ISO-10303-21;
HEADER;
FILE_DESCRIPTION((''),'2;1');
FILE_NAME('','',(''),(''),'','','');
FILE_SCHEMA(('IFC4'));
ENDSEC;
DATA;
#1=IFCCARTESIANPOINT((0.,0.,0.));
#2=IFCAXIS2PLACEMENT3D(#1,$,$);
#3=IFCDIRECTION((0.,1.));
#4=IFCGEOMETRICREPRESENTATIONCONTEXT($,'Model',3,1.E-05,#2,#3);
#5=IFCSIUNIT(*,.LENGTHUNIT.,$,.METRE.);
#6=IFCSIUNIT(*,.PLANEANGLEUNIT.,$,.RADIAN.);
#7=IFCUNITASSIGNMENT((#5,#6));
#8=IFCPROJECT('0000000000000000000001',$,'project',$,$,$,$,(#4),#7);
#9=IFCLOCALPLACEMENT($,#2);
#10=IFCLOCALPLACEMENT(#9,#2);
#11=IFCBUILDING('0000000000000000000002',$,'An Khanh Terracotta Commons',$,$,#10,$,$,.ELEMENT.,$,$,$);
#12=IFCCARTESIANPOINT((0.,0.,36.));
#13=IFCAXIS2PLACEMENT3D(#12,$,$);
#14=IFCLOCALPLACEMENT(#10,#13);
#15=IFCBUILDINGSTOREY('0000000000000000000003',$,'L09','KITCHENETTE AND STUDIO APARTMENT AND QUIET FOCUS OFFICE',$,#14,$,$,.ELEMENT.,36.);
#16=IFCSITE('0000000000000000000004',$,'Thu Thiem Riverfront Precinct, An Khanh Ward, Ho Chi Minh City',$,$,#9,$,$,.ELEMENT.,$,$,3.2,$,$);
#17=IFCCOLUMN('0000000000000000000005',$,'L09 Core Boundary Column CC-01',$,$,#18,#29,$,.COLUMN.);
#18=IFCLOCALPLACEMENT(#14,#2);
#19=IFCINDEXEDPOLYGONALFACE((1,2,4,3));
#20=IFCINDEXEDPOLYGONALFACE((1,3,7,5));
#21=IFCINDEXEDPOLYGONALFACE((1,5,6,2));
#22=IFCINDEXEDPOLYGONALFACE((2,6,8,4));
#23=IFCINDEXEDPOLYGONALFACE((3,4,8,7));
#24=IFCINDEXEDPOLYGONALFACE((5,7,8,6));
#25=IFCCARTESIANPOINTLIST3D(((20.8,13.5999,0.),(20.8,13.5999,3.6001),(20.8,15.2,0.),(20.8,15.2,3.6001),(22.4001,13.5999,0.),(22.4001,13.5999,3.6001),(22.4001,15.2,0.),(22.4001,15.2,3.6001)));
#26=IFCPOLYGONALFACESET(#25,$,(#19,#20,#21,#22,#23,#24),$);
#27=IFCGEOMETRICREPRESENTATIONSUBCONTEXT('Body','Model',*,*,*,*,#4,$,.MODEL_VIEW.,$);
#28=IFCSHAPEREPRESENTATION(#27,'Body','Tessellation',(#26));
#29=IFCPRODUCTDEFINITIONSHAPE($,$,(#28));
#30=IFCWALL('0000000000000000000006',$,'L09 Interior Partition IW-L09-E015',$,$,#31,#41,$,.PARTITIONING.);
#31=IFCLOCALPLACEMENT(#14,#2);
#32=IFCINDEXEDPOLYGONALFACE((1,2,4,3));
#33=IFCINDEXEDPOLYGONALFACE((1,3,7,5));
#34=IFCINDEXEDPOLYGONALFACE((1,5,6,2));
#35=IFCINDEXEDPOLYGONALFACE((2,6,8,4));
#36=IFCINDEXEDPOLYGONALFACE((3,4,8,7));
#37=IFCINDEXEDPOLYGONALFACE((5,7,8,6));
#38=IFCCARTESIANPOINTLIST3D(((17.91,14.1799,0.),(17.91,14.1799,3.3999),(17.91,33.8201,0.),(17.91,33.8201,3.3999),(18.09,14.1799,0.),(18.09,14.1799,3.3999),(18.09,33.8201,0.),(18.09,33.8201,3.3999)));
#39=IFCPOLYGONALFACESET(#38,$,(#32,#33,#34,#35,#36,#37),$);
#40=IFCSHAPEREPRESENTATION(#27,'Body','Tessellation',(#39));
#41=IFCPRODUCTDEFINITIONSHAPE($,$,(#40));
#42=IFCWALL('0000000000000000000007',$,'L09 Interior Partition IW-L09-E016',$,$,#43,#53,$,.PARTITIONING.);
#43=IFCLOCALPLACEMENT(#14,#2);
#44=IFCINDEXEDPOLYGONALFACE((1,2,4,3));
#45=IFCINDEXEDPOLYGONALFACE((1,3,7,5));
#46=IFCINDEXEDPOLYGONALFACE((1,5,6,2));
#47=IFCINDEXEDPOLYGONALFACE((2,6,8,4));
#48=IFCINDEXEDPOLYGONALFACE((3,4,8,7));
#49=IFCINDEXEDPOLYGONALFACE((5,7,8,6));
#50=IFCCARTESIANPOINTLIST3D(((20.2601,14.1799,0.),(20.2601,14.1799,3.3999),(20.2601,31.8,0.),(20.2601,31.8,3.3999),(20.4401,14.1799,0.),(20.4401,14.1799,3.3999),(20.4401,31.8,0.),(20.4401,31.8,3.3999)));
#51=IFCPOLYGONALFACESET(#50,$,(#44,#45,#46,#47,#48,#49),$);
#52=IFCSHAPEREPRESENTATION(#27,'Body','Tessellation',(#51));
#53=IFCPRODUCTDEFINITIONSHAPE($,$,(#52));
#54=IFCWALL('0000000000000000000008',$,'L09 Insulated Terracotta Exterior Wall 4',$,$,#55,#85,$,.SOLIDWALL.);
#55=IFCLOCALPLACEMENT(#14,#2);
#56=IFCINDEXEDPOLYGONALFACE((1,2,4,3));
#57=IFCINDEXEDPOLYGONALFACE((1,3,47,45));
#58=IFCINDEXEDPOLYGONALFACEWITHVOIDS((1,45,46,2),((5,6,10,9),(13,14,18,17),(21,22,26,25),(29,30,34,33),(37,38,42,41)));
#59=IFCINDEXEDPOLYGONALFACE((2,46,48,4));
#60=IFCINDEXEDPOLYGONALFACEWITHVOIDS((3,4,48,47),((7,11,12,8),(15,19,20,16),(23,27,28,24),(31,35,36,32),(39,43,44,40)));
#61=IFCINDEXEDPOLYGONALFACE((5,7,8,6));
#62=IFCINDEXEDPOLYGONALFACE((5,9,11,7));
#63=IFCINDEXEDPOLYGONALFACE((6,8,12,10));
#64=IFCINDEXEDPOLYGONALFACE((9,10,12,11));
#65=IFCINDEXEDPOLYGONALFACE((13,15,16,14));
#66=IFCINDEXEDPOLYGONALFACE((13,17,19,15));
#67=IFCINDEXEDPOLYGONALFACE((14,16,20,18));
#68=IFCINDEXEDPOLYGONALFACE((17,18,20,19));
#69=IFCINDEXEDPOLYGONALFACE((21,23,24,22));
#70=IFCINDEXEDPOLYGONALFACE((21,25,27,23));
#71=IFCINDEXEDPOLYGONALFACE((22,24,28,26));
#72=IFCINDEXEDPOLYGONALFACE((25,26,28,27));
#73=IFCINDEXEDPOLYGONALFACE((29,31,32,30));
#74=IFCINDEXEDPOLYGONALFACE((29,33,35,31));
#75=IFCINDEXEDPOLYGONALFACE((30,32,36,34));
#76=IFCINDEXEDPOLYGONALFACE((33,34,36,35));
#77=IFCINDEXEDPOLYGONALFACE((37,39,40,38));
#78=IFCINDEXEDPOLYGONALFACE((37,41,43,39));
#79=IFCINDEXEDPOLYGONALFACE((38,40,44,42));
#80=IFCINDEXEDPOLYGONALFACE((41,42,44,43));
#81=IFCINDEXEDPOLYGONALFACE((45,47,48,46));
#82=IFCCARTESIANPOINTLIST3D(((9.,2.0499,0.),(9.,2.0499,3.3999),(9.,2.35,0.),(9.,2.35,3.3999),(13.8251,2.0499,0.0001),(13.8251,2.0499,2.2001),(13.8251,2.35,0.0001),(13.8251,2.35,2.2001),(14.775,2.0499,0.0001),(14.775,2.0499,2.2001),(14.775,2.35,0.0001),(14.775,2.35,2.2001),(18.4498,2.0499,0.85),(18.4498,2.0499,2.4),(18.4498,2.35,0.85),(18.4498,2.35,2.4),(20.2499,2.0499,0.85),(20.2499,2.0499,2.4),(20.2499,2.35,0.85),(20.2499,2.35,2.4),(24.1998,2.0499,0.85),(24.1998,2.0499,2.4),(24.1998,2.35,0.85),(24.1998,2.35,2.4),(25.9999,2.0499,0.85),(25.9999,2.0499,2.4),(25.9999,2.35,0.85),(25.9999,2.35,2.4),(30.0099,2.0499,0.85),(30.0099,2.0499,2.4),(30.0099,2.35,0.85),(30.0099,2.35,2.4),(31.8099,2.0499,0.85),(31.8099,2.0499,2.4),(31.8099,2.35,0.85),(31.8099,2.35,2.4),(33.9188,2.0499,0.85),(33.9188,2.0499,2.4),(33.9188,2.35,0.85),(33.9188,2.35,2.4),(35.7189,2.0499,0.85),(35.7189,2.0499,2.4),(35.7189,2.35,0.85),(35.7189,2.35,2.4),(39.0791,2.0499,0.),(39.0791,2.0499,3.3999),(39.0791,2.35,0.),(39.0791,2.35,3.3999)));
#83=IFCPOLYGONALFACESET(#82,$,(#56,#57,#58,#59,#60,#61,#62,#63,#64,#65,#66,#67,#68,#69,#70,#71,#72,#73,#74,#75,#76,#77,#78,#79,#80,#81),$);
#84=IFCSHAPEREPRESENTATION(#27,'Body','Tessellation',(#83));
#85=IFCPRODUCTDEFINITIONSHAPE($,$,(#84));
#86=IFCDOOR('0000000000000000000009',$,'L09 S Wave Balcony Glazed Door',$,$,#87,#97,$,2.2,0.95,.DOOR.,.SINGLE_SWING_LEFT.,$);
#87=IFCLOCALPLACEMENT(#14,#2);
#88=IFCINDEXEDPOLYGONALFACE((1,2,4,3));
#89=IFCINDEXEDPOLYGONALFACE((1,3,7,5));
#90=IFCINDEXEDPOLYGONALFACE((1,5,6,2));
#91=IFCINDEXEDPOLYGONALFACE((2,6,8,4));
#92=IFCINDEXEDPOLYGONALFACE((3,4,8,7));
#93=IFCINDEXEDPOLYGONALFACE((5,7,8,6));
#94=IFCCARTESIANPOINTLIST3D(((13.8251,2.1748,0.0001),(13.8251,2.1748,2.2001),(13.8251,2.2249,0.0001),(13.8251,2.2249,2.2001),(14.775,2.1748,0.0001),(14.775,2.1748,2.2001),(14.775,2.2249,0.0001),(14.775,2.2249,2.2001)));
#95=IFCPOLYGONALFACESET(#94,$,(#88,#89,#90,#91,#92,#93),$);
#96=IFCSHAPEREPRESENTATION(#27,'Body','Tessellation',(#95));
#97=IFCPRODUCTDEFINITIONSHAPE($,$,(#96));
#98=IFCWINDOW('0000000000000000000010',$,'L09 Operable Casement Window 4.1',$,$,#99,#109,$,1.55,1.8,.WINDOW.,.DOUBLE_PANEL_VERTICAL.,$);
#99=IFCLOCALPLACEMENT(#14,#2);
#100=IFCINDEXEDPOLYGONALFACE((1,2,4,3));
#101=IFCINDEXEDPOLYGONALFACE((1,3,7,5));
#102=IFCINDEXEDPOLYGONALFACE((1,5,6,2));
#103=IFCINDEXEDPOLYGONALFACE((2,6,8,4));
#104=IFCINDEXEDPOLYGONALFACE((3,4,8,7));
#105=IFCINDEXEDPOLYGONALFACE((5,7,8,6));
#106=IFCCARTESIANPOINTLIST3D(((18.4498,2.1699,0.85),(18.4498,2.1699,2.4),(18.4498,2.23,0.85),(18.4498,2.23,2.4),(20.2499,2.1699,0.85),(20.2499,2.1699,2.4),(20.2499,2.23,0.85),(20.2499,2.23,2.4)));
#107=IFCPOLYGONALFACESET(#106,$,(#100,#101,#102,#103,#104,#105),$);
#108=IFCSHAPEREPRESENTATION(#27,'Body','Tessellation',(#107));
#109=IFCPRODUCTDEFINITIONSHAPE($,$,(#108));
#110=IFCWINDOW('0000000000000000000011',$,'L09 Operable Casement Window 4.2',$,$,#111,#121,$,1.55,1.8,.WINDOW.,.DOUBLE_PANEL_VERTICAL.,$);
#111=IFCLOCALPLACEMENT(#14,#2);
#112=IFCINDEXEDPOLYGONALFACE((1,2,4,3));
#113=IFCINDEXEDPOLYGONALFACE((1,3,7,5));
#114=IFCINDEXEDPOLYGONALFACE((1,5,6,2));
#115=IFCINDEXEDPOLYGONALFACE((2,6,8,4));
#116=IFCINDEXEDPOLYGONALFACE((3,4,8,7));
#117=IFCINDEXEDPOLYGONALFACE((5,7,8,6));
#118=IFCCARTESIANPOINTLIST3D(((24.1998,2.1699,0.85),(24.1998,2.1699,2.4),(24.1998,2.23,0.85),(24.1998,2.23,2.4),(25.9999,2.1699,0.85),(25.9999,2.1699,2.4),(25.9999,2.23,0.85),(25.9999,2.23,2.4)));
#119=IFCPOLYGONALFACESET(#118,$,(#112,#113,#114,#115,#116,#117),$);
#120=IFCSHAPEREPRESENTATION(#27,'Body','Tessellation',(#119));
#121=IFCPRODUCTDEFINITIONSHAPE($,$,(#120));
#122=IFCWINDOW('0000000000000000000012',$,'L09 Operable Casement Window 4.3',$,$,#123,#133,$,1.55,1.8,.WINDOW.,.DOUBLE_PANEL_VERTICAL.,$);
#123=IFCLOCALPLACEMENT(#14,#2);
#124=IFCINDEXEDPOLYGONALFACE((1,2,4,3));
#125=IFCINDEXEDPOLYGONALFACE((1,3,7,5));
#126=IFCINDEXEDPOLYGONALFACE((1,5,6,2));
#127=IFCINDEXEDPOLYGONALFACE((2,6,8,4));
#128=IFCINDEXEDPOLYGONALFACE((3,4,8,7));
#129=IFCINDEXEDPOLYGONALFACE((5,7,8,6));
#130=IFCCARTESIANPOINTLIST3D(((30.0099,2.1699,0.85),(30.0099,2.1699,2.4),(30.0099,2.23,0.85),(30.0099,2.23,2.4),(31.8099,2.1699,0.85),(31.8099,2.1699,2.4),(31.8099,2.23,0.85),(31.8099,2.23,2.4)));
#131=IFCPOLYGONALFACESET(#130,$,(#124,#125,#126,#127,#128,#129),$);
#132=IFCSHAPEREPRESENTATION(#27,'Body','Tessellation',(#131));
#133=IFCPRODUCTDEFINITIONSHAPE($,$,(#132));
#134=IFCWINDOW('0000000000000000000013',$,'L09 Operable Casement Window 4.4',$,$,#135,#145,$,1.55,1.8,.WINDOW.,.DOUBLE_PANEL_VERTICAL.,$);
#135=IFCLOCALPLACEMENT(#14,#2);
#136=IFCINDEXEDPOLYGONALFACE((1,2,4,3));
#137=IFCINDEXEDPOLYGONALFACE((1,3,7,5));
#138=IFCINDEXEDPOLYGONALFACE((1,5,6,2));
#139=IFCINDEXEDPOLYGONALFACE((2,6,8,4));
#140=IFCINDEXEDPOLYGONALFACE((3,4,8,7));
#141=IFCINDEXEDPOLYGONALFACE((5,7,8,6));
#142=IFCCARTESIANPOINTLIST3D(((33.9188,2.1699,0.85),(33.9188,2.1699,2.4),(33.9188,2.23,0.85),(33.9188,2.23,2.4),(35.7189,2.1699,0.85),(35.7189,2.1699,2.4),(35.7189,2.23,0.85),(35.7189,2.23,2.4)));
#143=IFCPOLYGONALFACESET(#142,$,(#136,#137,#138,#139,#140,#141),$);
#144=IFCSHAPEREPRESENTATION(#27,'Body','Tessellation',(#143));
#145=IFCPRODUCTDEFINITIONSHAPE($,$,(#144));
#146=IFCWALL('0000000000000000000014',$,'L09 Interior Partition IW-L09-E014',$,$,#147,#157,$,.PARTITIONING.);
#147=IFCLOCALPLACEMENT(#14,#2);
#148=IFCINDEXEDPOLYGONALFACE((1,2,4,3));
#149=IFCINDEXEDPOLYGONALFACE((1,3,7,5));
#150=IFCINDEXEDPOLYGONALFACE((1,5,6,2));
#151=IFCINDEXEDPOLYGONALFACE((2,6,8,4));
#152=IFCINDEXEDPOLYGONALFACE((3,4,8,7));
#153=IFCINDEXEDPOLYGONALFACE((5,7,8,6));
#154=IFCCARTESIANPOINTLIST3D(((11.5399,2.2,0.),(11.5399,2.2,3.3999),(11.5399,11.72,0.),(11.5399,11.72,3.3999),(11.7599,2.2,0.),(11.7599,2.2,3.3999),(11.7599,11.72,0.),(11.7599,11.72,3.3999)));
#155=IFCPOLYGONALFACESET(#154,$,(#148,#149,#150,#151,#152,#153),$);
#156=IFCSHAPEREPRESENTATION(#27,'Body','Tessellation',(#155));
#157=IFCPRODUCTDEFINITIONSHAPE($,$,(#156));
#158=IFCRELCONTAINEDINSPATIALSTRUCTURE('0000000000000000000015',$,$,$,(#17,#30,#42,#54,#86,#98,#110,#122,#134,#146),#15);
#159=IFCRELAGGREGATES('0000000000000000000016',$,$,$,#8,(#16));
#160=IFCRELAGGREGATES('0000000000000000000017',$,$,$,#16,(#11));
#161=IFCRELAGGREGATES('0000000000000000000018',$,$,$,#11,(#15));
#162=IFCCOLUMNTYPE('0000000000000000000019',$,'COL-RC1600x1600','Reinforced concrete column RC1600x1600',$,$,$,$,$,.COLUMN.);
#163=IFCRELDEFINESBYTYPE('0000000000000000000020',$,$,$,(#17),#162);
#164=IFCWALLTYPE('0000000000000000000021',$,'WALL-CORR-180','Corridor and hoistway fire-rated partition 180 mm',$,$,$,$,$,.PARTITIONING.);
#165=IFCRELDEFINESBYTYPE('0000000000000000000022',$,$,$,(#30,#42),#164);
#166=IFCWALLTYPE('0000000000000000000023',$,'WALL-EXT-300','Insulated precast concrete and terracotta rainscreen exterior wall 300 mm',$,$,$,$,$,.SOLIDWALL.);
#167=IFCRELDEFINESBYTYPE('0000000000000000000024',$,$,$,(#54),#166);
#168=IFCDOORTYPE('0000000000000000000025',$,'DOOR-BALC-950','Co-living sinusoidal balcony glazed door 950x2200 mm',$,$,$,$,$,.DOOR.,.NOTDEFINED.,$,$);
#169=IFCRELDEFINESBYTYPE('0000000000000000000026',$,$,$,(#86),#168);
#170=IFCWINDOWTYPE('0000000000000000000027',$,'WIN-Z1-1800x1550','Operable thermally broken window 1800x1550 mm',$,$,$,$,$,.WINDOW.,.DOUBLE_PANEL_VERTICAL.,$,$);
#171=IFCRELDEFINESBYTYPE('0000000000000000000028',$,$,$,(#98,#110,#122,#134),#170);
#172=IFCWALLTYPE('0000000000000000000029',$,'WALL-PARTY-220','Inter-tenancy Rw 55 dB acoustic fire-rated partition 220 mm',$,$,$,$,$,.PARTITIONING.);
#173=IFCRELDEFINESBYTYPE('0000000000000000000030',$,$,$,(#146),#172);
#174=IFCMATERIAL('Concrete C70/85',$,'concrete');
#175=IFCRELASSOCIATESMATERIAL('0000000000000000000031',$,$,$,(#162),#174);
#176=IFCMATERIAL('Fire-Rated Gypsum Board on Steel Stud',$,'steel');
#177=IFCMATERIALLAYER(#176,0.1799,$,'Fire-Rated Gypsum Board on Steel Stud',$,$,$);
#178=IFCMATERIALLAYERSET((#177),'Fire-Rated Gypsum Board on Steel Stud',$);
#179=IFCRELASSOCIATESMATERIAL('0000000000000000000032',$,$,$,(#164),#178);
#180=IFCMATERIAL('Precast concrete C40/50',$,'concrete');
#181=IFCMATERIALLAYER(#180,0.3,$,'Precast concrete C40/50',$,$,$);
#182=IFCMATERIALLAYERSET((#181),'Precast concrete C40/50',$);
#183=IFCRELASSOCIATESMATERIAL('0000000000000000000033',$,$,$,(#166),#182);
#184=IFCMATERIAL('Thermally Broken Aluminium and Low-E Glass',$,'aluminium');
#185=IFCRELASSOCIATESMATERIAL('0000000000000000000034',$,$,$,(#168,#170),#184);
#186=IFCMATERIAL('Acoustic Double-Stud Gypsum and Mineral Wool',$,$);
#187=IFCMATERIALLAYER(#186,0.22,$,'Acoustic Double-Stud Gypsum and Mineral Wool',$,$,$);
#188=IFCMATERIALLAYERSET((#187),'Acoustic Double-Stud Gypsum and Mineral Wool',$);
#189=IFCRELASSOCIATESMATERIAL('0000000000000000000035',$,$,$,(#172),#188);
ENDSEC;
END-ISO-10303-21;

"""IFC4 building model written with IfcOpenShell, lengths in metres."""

from ifc_helpers import new_model, si_unit, direction, frame, frame_2d, origin, origin_2d, place, context, subcontext, project, spatial, rectangle, extrude, material, layer, layer_set, material_profile, profile_set, type_object, element, fill, save


model = new_model("IFC4")

# Units and contexts
model_context = context("Model", 3, precision=1e-05, world=origin(), true_north=direction((0.0, 1.0)))
body_context = subcontext(model_context, "Body", "Model", "MODEL_VIEW")
ifc_project = project(units=[si_unit("LENGTHUNIT", "METRE"), si_unit("PLANEANGLEUNIT", "RADIAN")], contexts=[model_context])

# Site, building, storey
site_placement = place(None, origin())
site = spatial("IfcSite", under=ifc_project, at=site_placement, Name="Thu Thiem Riverfront Precinct, An Khanh Ward, Ho Chi Minh City", CompositionType="ELEMENT", RefElevation=3.2)
building_placement = place(site_placement, origin())
building = spatial("IfcBuilding", under=site, at=building_placement, Name="An Khanh Terracotta Commons", CompositionType="ELEMENT")
storey_placement = place(building_placement, frame((0.0, 0.0, 36.0)))
storey = spatial("IfcBuildingStorey", under=building, at=storey_placement, Name="L09", Description="KITCHENETTE AND STUDIO APARTMENT AND QUIET FOCUS OFFICE", CompositionType="ELEMENT", Elevation=36.0)

# Column
ifc_material_1 = material(Name="Concrete C70/85", Category="concrete")
ifc_material_profile = material_profile(ifc_material_1, rectangle(XDim=1.6001, YDim=1.6001, at=origin_2d()), Name="RC1600x1600")
ifc_profile_set = profile_set([ifc_material_profile], Name="Concrete C70/85")
column_type = type_object("IfcColumnType", Name="COL-RC1600x1600", Description="Reinforced concrete column RC1600x1600", PredefinedType="COLUMN", material=ifc_profile_set)
column_placement = place(storey_placement, frame((21.6001, 14.3999, 0.0), z_axis=(0.0, 0.0, 1.0), x_axis=(1.0, 0.0, 0.0)))
element("IfcColumn", 1, at=column_placement, inside=storey, type_object=column_type, Name="L09 Core Boundary Column CC-01", PredefinedType="COLUMN", context=body_context, shape_type="SweptSolid", body=[
    extrude(rectangle(XDim=1.6001, YDim=1.6001, at=origin_2d()), origin(), (0.0, 0.0, 1.0), 3.6001),
])

# Walls
ifc_material_2 = material(Name="Fire-Rated Gypsum Board on Steel Stud", Category="steel")
ifc_layer_1 = layer(ifc_material_2, 0.1799, Name="Fire-Rated Gypsum Board on Steel Stud")
ifc_layer_set_1 = layer_set([ifc_layer_1], Name="Fire-Rated Gypsum Board on Steel Stud")
wall_type_1 = type_object("IfcWallType", Name="WALL-CORR-180", Description="Corridor and hoistway fire-rated partition 180 mm", PredefinedType="PARTITIONING", material=ifc_layer_set_1)
wall_1_placement = place(storey_placement, frame((18.0, 14.1799, 0.0), z_axis=(0.0, 0.0, 1.0), x_axis=(0.0, 1.0, 0.0)))
element("IfcWall", 2, at=wall_1_placement, inside=storey, type_object=wall_type_1, Name="L09 Interior Partition IW-L09-E015", PredefinedType="PARTITIONING", context=body_context, shape_type="SweptSolid", body=[
    extrude(rectangle(XDim=19.6401, YDim=0.1799, at=frame_2d((9.8201, 0.0))), origin(), (0.0, 0.0, 1.0), 3.3999),
])
wall_2_placement = place(storey_placement, frame((20.3501, 14.1799, 0.0), z_axis=(0.0, 0.0, 1.0), x_axis=(0.0, 1.0, 0.0)))
element("IfcWall", 3, at=wall_2_placement, inside=storey, type_object=wall_type_1, Name="L09 Interior Partition IW-L09-E016", PredefinedType="PARTITIONING", context=body_context, shape_type="SweptSolid", body=[
    extrude(rectangle(XDim=17.6201, YDim=0.1799, at=frame_2d((8.8101, 0.0))), origin(), (0.0, 0.0, 1.0), 3.3999),
])

# Wall, openings, door, windows
ifc_material_3 = material(Name="Precast concrete C40/50", Category="concrete")
ifc_layer_2 = layer(ifc_material_3, 0.3, Name="Precast concrete C40/50")
ifc_layer_set_2 = layer_set([ifc_layer_2], Name="Precast concrete C40/50")
wall_type_2 = type_object("IfcWallType", Name="WALL-EXT-300", Description="Insulated precast concrete and terracotta rainscreen exterior wall 300 mm", PredefinedType="SOLIDWALL", material=ifc_layer_set_2)
wall_3_placement = place(storey_placement, frame((9.0, 2.2, 0.0), z_axis=(0.0, 0.0, 1.0), x_axis=(1.0, 0.0, 0.0)))
wall_3 = element("IfcWall", 4, at=wall_3_placement, inside=storey, type_object=wall_type_2, Name="L09 Insulated Terracotta Exterior Wall 4", PredefinedType="SOLIDWALL", context=body_context, shape_type="SweptSolid", body=[
    extrude(rectangle(XDim=30.0791, YDim=0.3, at=frame_2d((15.0396, 0.0))), origin(), (0.0, 0.0, 1.0), 3.3999),
])
opening_1_placement = place(wall_3_placement, frame((4.825, 0.0, 0.0)))
opening_1 = element("IfcOpeningElement", 5, at=opening_1_placement, cuts=wall_3, PredefinedType="OPENING", context=body_context, shape_type="SweptSolid", body=[
    extrude(rectangle(XDim=0.95, YDim=2.2, at=frame_2d((0.4751, 1.1001))), frame((0.0, 0.1599, 0.0), z_axis=(0.0, -1.0, 0.0), x_axis=(1.0, 0.0, 0.0)), (0.0, 0.0, 1.0), 0.3201),
])
opening_2_placement = place(wall_3_placement, frame((9.45, 0.0, 0.8501)))
opening_2 = element("IfcOpeningElement", 6, at=opening_2_placement, cuts=wall_3, PredefinedType="OPENING", context=body_context, shape_type="SweptSolid", body=[
    extrude(rectangle(XDim=1.8, YDim=1.55, at=frame_2d((0.8999, 0.7749))), frame((0.0, 0.1599, 0.0), z_axis=(0.0, -1.0, 0.0), x_axis=(1.0, 0.0, 0.0)), (0.0, 0.0, 1.0), 0.3201),
])
opening_3_placement = place(wall_3_placement, frame((15.2, 0.0, 0.8501)))
opening_3 = element("IfcOpeningElement", 7, at=opening_3_placement, cuts=wall_3, PredefinedType="OPENING", context=body_context, shape_type="SweptSolid", body=[
    extrude(rectangle(XDim=1.8, YDim=1.55, at=frame_2d((0.8999, 0.7749))), frame((0.0, 0.1599, 0.0), z_axis=(0.0, -1.0, 0.0), x_axis=(1.0, 0.0, 0.0)), (0.0, 0.0, 1.0), 0.3201),
])
opening_4_placement = place(wall_3_placement, frame((21.01, 0.0, 0.8501)))
opening_4 = element("IfcOpeningElement", 8, at=opening_4_placement, cuts=wall_3, PredefinedType="OPENING", context=body_context, shape_type="SweptSolid", body=[
    extrude(rectangle(XDim=1.8, YDim=1.55, at=frame_2d((0.8999, 0.7749))), frame((0.0, 0.1599, 0.0), z_axis=(0.0, -1.0, 0.0), x_axis=(1.0, 0.0, 0.0)), (0.0, 0.0, 1.0), 0.3201),
])
opening_5_placement = place(wall_3_placement, frame((24.9189, 0.0, 0.8501)))
opening_5 = element("IfcOpeningElement", 9, at=opening_5_placement, cuts=wall_3, PredefinedType="OPENING", context=body_context, shape_type="SweptSolid", body=[
    extrude(rectangle(XDim=1.8, YDim=1.55, at=frame_2d((0.8999, 0.7749))), frame((0.0, 0.1599, 0.0), z_axis=(0.0, -1.0, 0.0), x_axis=(1.0, 0.0, 0.0)), (0.0, 0.0, 1.0), 0.3201),
])
ifc_material_4 = material(Name="Thermally Broken Aluminium and Low-E Glass", Category="aluminium")
door_type_1 = type_object("IfcDoorType", Name="DOOR-BALC-950", Description="Co-living sinusoidal balcony glazed door 950x2200 mm", OperationType="NOTDEFINED", PredefinedType="DOOR", material=ifc_material_4)
door_1_placement = place(opening_1_placement, origin())
door_1 = element("IfcDoor", 10, at=door_1_placement, inside=storey, type_object=door_type_1, Name="L09 S Wave Balcony Glazed Door", OperationType="SINGLE_SWING_LEFT", OverallHeight=2.2, OverallWidth=0.95, PredefinedType="DOOR", context=body_context, shape_type="SweptSolid", body=[
    extrude(rectangle(XDim=0.95, YDim=2.2, at=frame_2d((0.4751, 1.1001))), frame((0.0, 0.0249, 0.0), z_axis=(0.0, -1.0, 0.0), x_axis=(1.0, 0.0, 0.0)), (0.0, 0.0, 1.0), 0.05),
])
fill(opening_1, door_1)
window_type = type_object("IfcWindowType", Name="WIN-Z1-1800x1550", Description="Operable thermally broken window 1800x1550 mm", PartitioningType="DOUBLE_PANEL_VERTICAL", PredefinedType="WINDOW", material=ifc_material_4)
window_1_placement = place(opening_2_placement, origin())
window_1 = element("IfcWindow", 11, at=window_1_placement, inside=storey, type_object=window_type, Name="L09 Operable Casement Window 4.1", OverallHeight=1.55, OverallWidth=1.8, PartitioningType="DOUBLE_PANEL_VERTICAL", PredefinedType="WINDOW", context=body_context, shape_type="SweptSolid", body=[
    extrude(rectangle(XDim=1.8, YDim=1.55, at=frame_2d((0.8999, 0.7749))), frame((0.0, 0.03, 0.0), z_axis=(0.0, -1.0, 0.0), x_axis=(1.0, 0.0, 0.0)), (0.0, 0.0, 1.0), 0.0601),
])
fill(opening_2, window_1)
window_2_placement = place(opening_3_placement, origin())
window_2 = element("IfcWindow", 12, at=window_2_placement, inside=storey, type_object=window_type, Name="L09 Operable Casement Window 4.2", OverallHeight=1.55, OverallWidth=1.8, PartitioningType="DOUBLE_PANEL_VERTICAL", PredefinedType="WINDOW", context=body_context, shape_type="SweptSolid", body=[
    extrude(rectangle(XDim=1.8, YDim=1.55, at=frame_2d((0.8999, 0.7749))), frame((0.0, 0.03, 0.0), z_axis=(0.0, -1.0, 0.0), x_axis=(1.0, 0.0, 0.0)), (0.0, 0.0, 1.0), 0.0601),
])
fill(opening_3, window_2)
window_3_placement = place(opening_4_placement, origin())
window_3 = element("IfcWindow", 13, at=window_3_placement, inside=storey, type_object=window_type, Name="L09 Operable Casement Window 4.3", OverallHeight=1.55, OverallWidth=1.8, PartitioningType="DOUBLE_PANEL_VERTICAL", PredefinedType="WINDOW", context=body_context, shape_type="SweptSolid", body=[
    extrude(rectangle(XDim=1.8, YDim=1.55, at=frame_2d((0.8999, 0.7749))), frame((0.0, 0.03, 0.0), z_axis=(0.0, -1.0, 0.0), x_axis=(1.0, 0.0, 0.0)), (0.0, 0.0, 1.0), 0.0601),
])
fill(opening_4, window_3)
window_4_placement = place(opening_5_placement, origin())
window_4 = element("IfcWindow", 14, at=window_4_placement, inside=storey, type_object=window_type, Name="L09 Operable Casement Window 4.4", OverallHeight=1.55, OverallWidth=1.8, PartitioningType="DOUBLE_PANEL_VERTICAL", PredefinedType="WINDOW", context=body_context, shape_type="SweptSolid", body=[
    extrude(rectangle(XDim=1.8, YDim=1.55, at=frame_2d((0.8999, 0.7749))), frame((0.0, 0.03, 0.0), z_axis=(0.0, -1.0, 0.0), x_axis=(1.0, 0.0, 0.0)), (0.0, 0.0, 1.0), 0.0601),
])
fill(opening_5, window_4)

# Wall
ifc_material_5 = material(Name="Acoustic Double-Stud Gypsum and Mineral Wool")
ifc_layer_3 = layer(ifc_material_5, 0.22, Name="Acoustic Double-Stud Gypsum and Mineral Wool")
ifc_layer_set_3 = layer_set([ifc_layer_3], Name="Acoustic Double-Stud Gypsum and Mineral Wool")
wall_type_3 = type_object("IfcWallType", Name="WALL-PARTY-220", Description="Inter-tenancy Rw 55 dB acoustic fire-rated partition 220 mm", PredefinedType="PARTITIONING", material=ifc_layer_set_3)
wall_4_placement = place(storey_placement, frame((11.6499, 2.2, 0.0), z_axis=(0.0, 0.0, 1.0), x_axis=(0.0, 1.0, 0.0)))
element("IfcWall", 15, at=wall_4_placement, inside=storey, type_object=wall_type_3, Name="L09 Interior Partition IW-L09-E014", PredefinedType="PARTITIONING", context=body_context, shape_type="SweptSolid", body=[
    extrude(rectangle(XDim=9.52, YDim=0.22, at=frame_2d((4.76, 0.0))), origin(), (0.0, 0.0, 1.0), 3.3999),
])

save(model, "model.ifc")
